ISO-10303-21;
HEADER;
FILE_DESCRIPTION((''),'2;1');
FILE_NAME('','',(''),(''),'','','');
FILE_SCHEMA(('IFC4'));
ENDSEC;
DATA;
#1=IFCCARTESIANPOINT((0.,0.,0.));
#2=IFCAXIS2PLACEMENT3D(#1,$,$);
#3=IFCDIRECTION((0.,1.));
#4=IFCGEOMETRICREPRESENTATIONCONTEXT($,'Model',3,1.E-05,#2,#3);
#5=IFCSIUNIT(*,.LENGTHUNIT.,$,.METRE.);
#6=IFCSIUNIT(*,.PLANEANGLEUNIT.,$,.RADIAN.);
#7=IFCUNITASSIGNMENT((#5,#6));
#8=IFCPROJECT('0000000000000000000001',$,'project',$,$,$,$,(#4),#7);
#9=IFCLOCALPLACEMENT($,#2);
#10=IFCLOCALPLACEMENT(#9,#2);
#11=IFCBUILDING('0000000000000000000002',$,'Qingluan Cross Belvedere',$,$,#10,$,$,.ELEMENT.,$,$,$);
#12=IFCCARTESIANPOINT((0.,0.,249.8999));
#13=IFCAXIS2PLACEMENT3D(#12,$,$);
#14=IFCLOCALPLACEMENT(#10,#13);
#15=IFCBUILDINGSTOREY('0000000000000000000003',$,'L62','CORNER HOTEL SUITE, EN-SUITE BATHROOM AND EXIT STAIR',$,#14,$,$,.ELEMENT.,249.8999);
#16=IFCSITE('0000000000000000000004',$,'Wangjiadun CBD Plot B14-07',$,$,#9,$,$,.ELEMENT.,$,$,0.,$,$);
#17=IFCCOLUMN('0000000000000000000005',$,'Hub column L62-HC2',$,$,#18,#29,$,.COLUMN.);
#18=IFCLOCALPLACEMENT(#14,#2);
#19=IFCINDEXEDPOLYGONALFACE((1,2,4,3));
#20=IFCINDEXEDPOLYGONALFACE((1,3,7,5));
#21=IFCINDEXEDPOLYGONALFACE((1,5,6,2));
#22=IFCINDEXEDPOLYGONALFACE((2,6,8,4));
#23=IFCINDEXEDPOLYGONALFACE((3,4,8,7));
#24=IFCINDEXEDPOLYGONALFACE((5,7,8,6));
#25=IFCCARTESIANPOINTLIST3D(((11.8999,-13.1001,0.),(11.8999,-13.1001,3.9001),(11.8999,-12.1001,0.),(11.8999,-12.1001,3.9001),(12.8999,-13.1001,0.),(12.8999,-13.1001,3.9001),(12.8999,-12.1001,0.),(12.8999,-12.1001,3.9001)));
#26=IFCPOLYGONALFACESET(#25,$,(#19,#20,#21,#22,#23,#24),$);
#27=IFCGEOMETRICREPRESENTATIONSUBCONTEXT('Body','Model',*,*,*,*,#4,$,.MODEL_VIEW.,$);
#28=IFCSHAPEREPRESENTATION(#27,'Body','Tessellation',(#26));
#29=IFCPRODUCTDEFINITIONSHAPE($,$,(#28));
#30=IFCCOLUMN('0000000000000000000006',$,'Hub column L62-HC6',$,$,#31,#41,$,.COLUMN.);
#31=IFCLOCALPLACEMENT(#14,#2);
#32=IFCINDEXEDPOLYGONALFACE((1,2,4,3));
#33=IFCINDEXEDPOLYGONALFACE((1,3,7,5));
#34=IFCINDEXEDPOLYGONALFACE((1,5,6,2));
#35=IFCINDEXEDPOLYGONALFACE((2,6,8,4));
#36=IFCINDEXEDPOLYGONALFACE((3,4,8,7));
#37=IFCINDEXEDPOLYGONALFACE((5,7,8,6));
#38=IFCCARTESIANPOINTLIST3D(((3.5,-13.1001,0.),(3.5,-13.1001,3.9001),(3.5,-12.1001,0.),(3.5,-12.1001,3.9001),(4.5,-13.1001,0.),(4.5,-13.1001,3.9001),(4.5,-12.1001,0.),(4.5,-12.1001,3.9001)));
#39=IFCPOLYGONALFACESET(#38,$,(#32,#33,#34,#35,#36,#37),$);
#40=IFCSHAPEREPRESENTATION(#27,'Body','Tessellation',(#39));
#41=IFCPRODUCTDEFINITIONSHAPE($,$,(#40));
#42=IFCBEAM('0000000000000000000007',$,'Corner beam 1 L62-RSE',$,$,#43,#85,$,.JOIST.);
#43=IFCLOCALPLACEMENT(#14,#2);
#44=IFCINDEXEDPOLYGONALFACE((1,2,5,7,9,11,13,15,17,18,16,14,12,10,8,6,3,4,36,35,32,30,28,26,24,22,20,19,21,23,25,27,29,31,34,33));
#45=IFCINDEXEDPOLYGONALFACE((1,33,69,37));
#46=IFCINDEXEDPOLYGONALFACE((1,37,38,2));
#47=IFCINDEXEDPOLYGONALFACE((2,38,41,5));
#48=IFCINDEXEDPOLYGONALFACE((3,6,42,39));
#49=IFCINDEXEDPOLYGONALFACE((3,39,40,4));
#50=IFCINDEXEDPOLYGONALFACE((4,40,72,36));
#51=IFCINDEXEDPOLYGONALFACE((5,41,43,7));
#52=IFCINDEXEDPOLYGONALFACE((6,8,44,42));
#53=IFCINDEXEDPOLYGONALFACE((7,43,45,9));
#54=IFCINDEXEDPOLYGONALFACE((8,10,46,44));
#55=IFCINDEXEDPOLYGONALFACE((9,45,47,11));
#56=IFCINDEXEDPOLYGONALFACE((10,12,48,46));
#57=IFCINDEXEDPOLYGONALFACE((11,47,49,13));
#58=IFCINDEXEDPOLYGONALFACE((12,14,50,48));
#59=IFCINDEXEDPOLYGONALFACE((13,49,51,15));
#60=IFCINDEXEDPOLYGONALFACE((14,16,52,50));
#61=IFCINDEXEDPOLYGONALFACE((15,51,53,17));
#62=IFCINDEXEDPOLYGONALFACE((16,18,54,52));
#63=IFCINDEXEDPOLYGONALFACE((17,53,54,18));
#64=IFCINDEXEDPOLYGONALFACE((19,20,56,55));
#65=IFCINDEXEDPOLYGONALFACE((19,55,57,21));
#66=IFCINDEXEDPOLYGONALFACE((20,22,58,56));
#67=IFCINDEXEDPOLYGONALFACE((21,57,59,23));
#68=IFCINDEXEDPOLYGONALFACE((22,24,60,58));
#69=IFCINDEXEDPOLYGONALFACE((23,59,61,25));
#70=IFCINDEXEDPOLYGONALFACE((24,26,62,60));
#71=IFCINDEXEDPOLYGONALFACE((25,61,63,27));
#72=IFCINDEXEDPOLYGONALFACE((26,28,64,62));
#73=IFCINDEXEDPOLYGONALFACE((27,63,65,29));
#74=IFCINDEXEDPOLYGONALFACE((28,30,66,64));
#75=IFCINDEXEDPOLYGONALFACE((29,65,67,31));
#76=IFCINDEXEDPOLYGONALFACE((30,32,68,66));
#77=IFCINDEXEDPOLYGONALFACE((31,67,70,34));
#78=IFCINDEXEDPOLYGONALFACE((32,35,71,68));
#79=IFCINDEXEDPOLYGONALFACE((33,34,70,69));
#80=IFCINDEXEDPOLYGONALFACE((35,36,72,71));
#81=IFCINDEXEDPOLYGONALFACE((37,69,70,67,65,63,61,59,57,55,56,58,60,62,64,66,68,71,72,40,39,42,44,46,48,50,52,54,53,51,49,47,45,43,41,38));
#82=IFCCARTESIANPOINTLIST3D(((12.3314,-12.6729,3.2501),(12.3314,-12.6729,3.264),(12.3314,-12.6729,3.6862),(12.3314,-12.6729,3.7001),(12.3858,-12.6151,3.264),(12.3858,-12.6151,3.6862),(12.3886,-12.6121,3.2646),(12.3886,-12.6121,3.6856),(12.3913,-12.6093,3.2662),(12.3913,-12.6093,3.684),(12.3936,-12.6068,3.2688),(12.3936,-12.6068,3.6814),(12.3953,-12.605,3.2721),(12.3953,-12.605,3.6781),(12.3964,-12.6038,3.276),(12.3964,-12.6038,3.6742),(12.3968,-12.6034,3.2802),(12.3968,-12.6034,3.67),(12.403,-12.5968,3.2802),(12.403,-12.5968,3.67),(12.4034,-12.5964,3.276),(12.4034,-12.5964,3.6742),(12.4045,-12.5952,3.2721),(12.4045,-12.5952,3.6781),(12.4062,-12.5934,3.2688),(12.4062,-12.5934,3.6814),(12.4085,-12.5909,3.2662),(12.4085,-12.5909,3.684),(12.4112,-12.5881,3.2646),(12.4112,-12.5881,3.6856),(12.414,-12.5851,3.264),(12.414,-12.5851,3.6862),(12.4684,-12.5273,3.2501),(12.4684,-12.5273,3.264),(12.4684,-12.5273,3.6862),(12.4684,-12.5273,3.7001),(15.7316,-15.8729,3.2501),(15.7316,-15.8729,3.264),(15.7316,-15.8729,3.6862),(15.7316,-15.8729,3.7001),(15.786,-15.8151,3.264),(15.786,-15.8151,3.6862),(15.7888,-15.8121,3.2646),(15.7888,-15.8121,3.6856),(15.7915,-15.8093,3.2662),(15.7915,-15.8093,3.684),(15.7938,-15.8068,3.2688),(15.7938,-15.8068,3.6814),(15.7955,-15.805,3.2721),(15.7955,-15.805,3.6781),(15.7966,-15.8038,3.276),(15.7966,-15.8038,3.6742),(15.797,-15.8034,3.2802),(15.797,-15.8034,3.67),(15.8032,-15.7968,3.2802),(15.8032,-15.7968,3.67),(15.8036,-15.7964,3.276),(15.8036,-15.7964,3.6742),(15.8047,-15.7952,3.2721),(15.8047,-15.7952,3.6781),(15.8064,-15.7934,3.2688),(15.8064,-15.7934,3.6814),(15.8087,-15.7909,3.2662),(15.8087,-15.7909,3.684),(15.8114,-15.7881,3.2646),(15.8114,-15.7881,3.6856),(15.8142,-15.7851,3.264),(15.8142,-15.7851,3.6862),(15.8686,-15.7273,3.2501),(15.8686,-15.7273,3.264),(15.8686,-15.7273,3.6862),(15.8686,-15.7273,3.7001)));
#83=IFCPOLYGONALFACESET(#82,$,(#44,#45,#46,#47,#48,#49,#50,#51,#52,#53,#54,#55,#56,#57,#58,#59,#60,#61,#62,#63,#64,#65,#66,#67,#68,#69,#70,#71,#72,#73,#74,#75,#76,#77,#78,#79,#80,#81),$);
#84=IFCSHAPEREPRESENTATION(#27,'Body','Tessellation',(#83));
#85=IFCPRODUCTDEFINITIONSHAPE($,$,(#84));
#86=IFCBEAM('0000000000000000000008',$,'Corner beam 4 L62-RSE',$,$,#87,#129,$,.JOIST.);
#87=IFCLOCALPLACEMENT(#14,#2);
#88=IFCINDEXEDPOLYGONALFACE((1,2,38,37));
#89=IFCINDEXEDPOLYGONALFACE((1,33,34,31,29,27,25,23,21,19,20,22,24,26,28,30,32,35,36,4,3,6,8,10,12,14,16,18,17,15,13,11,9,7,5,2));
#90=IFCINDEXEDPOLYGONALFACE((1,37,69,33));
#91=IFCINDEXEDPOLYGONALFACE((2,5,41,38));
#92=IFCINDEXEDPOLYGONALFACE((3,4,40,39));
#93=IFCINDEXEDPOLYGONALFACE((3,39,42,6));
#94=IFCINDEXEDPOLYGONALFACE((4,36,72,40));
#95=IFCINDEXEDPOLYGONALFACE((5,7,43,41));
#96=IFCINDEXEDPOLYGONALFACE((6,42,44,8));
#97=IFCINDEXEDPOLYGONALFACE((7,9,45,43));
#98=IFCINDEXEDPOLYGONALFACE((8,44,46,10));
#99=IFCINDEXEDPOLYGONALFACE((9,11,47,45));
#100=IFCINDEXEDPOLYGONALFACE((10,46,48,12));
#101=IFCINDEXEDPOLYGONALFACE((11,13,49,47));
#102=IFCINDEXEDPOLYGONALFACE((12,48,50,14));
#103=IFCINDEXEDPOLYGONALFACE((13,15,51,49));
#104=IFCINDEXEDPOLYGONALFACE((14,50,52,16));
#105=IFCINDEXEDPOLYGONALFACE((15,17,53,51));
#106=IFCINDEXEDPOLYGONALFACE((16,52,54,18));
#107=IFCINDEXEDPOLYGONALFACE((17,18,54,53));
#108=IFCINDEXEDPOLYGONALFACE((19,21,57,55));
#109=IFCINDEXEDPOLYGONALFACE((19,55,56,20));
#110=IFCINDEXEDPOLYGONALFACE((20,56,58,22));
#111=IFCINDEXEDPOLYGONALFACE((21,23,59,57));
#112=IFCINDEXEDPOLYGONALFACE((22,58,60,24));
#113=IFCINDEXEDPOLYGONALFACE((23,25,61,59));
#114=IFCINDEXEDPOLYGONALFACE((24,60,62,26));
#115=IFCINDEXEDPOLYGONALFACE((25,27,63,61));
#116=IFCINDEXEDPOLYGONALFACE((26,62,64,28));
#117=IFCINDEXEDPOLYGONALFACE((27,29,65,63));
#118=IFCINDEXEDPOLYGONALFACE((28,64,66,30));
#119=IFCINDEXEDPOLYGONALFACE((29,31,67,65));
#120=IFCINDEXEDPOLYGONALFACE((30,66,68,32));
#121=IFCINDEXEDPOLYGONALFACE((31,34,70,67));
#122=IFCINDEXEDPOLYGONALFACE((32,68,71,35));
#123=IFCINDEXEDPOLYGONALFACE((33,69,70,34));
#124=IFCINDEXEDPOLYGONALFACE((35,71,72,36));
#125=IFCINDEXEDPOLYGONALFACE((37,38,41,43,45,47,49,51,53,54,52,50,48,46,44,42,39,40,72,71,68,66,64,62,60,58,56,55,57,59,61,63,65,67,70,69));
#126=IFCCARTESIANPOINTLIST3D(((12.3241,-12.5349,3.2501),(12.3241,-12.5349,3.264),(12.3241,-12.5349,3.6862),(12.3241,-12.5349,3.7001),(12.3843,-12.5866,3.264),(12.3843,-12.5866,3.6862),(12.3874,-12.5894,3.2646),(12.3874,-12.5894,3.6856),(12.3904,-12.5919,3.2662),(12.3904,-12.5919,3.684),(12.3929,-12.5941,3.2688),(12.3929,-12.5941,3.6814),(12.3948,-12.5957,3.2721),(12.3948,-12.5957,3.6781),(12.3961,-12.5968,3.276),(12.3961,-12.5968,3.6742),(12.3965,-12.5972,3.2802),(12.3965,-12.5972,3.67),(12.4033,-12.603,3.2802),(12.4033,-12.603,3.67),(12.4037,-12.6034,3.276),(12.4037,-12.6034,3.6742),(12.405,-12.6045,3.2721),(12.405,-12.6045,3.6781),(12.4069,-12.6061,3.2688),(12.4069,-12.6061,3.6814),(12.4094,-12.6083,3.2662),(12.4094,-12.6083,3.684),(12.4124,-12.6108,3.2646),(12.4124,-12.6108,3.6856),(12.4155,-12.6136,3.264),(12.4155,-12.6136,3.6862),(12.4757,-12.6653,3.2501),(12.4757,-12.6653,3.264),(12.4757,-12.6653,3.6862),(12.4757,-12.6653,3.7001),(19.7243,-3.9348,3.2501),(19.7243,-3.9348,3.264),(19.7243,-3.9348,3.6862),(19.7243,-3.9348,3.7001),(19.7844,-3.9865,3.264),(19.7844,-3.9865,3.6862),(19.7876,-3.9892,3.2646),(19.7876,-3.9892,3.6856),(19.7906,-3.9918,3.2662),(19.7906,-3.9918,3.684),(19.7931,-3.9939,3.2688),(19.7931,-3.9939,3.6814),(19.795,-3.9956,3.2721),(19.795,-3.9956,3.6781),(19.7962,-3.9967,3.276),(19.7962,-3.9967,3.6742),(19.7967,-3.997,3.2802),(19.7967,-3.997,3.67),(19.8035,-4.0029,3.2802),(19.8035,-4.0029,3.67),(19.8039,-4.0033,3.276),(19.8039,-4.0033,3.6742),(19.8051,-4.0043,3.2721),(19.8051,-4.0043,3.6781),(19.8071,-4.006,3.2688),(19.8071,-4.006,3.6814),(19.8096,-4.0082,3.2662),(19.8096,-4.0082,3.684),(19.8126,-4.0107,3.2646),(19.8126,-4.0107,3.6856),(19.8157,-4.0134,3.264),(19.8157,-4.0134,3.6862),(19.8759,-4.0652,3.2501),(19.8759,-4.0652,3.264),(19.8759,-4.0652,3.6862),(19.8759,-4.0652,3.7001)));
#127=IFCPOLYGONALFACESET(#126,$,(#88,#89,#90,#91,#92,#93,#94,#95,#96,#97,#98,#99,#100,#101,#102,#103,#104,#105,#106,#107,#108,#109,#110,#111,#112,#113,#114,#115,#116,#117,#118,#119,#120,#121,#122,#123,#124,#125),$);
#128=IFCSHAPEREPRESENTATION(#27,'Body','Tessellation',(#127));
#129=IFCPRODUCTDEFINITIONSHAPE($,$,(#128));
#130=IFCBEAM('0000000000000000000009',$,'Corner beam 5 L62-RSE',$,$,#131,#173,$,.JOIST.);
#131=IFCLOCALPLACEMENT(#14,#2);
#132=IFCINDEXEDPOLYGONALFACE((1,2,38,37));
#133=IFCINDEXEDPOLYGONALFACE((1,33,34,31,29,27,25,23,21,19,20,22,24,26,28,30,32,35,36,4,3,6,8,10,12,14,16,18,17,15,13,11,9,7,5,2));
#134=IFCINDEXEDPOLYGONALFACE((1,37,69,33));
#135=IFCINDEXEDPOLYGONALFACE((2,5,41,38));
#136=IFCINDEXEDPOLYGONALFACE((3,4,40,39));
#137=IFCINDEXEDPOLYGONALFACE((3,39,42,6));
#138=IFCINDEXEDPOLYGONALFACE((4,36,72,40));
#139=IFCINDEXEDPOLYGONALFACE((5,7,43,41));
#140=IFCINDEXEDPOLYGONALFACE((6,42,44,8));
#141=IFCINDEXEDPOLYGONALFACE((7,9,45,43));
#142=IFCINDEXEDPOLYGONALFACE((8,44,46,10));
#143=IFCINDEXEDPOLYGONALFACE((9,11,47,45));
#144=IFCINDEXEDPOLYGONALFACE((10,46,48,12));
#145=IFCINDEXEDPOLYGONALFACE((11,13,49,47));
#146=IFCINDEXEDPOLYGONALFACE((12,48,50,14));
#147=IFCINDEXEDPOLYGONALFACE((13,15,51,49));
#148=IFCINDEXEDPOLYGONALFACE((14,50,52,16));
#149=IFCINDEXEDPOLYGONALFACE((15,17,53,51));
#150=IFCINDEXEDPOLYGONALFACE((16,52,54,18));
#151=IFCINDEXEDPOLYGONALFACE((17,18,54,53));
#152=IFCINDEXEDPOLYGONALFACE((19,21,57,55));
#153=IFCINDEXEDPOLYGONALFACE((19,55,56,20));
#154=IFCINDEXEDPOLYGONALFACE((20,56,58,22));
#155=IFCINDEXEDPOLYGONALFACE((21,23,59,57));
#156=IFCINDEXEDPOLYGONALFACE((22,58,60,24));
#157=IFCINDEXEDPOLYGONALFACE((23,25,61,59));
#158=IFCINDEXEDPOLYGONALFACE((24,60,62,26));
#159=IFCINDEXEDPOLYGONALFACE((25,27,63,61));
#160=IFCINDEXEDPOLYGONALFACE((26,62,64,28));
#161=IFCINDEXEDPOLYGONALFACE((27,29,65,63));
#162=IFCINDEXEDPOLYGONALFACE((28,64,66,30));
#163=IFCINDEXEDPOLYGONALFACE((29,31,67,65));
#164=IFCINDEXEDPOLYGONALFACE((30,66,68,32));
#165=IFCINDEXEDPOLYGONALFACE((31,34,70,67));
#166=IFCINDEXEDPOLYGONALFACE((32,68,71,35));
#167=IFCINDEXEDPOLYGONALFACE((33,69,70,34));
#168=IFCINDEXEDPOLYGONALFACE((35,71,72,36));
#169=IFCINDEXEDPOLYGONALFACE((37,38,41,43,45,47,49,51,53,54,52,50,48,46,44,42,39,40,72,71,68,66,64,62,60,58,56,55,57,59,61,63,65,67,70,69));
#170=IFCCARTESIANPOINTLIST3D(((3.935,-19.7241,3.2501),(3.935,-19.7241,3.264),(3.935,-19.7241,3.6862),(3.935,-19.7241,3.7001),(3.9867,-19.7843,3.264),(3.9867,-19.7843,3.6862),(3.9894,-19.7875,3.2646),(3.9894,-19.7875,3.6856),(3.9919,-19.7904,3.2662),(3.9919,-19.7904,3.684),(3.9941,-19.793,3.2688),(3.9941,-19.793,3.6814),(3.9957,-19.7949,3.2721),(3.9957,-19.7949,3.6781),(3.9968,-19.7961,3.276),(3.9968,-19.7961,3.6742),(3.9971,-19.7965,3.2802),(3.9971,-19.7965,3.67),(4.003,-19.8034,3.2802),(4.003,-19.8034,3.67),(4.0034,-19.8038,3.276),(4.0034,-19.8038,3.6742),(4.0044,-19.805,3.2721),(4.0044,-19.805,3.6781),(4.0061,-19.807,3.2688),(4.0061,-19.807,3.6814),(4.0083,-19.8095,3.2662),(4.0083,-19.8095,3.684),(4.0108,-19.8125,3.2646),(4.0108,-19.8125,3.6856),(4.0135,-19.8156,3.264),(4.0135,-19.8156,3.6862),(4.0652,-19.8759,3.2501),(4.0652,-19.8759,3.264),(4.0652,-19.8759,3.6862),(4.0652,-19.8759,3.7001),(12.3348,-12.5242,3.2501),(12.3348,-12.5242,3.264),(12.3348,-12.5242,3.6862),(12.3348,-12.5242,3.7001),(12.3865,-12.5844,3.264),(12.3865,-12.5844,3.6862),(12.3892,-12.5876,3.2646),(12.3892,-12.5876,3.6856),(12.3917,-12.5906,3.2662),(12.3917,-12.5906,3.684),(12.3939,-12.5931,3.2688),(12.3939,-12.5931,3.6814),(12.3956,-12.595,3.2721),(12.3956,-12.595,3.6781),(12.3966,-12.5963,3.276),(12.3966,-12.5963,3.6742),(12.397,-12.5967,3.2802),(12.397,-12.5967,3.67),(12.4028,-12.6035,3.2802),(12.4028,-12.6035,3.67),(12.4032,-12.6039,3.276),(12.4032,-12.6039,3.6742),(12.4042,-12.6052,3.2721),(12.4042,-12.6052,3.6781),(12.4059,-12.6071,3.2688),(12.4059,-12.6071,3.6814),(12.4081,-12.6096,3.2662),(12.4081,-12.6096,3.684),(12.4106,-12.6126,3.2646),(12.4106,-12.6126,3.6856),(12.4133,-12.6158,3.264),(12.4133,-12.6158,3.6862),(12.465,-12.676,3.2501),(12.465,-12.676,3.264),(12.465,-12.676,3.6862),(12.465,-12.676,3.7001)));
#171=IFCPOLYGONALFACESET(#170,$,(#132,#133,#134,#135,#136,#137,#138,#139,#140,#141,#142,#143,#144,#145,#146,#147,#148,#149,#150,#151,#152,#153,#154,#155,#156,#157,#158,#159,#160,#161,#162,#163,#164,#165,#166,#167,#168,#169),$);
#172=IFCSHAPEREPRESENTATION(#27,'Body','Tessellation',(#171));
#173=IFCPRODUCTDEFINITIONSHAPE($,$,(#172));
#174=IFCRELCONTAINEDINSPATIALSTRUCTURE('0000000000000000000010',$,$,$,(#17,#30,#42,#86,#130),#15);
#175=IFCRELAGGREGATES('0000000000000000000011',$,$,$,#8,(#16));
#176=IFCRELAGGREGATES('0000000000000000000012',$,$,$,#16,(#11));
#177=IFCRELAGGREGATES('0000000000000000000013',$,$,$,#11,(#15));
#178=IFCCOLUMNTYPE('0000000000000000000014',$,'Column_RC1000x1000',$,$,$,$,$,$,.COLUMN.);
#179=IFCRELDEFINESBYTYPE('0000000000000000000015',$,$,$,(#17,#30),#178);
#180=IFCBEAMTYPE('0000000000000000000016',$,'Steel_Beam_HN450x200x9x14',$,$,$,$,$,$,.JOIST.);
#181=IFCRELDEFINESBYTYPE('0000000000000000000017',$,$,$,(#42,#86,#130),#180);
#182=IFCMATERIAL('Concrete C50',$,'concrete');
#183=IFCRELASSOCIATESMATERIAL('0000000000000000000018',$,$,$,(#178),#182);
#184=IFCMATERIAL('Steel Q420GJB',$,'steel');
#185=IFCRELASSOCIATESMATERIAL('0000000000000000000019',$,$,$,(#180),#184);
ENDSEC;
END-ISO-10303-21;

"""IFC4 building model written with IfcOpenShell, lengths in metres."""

from ifc_helpers import new_model, si_unit, direction, frame, origin, origin_2d, place, context, subcontext, project, spatial, rectangle, i_section, extrude, material, material_profile, profile_set, type_object, element, save


model = new_model("IFC4")

# Units and contexts
model_context = context("Model", 3, precision=1e-05, world=origin(), true_north=direction((0.0, 1.0)))
body_context = subcontext(model_context, "Body", "Model", "MODEL_VIEW")
ifc_project = project(units=[si_unit("LENGTHUNIT", "METRE"), si_unit("PLANEANGLEUNIT", "RADIAN")], contexts=[model_context])

# Site, building, storey
site_placement = place(None, origin())
site = spatial("IfcSite", under=ifc_project, at=site_placement, Name="Wangjiadun CBD Plot B14-07", CompositionType="ELEMENT", RefElevation=0.0)
building_placement = place(site_placement, origin())
building = spatial("IfcBuilding", under=site, at=building_placement, Name="Qingluan Cross Belvedere", CompositionType="ELEMENT")
storey_placement = place(building_placement, frame((0.0, 0.0, 249.8999)))
storey = spatial("IfcBuildingStorey", under=building, at=storey_placement, Name="L62", Description="CORNER HOTEL SUITE, EN-SUITE BATHROOM AND EXIT STAIR", CompositionType="ELEMENT", Elevation=249.8999)

# Columns
ifc_material_1 = material(Name="Concrete C50", Category="concrete")
ifc_material_profile_1 = material_profile(ifc_material_1, rectangle(XDim=1.0, YDim=1.0, at=origin_2d()), Name="RC1000x1000")
ifc_profile_set_1 = profile_set([ifc_material_profile_1], Name="Concrete C50")
column_type = type_object("IfcColumnType", Name="Column_RC1000x1000", PredefinedType="COLUMN", material=ifc_profile_set_1)
for number, where, z_axis, x_axis, name in (
    (1, (12.3999, -12.6001, 0.0), (0.0, 0.0, 1.0), (1.0, 0.0, 0.0), "Hub column L62-HC2"),
    (2, (4.0, -12.6001, 0.0), (0.0, 0.0, 1.0), (1.0, 0.0, 0.0), "Hub column L62-HC6"),
):
    element("IfcColumn", number, at=place(storey_placement, frame(where, z_axis=z_axis, x_axis=x_axis)), inside=storey, type_object=column_type, Name=name, PredefinedType="COLUMN", context=body_context, shape_type="SweptSolid", body=[
        extrude(rectangle(XDim=1.0, YDim=1.0, at=origin_2d()), origin(), (0.0, 0.0, 1.0), 3.9001),
    ])

# Beams
ifc_material_2 = material(Name="Steel Q420GJB", Category="steel")
ifc_material_profile_2 = material_profile(ifc_material_2, i_section(OverallWidth=0.2, OverallDepth=0.45, WebThickness=0.009, FlangeThickness=0.0139, FilletRadius=0.0161, at=origin_2d()), Name="HN450x200x9x14")
ifc_profile_set_2 = profile_set([ifc_material_profile_2], Name="Steel Q420GJB")
beam_type_1 = type_object("IfcBeamType", Name="Steel_Beam_HN450x200x9x14", PredefinedType="JOIST", material=ifc_profile_set_2)
beam_1_placement = place(storey_placement, frame((12.3999, -12.6001, 3.4751), z_axis=(0.72822, -0.685343, 0.0), x_axis=(0.685343, 0.72822, 0.0)))
element("IfcBeam", 3, at=beam_1_placement, inside=storey, type_object=beam_type_1, Name="Corner beam 1 L62-RSE", PredefinedType="JOIST", context=body_context, shape_type="SweptSolid", body=[
    extrude(i_section(OverallWidth=0.2, OverallDepth=0.45, WebThickness=0.009, FlangeThickness=0.0139, FilletRadius=0.0161, at=origin_2d()), origin(), (0.0, 0.0, 1.0), 4.6692),
])
beam_2_placement = place(storey_placement, frame((12.3999, -12.6001, 3.4751), z_axis=(0.652245, 0.758008, 0.0), x_axis=(-0.758008, 0.652245, 0.0)))
element("IfcBeam", 4, at=beam_2_placement, inside=storey, type_object=beam_type_1, Name="Corner beam 4 L62-RSE", PredefinedType="JOIST", context=body_context, shape_type="SweptSolid", body=[
    extrude(i_section(OverallWidth=0.2, OverallDepth=0.45, WebThickness=0.009, FlangeThickness=0.0139, FilletRadius=0.0161, at=origin_2d()), origin(), (0.0, 0.0, 1.0), 11.3457),
])
beam_3_placement = place(storey_placement, frame((12.3999, -12.6001, 3.4751), z_axis=(-0.759255, -0.650793, 0.0), x_axis=(0.650793, -0.759255, 0.0)))
element("IfcBeam", 5, at=beam_3_placement, inside=storey, type_object=beam_type_1, Name="Corner beam 5 L62-RSE", PredefinedType="JOIST", context=body_context, shape_type="SweptSolid", body=[
    extrude(i_section(OverallWidth=0.2, OverallDepth=0.45, WebThickness=0.009, FlangeThickness=0.0139, FilletRadius=0.0161, at=origin_2d()), origin(), (0.0, 0.0, 1.0), 11.0632),
])

save(model, "model.ifc")
